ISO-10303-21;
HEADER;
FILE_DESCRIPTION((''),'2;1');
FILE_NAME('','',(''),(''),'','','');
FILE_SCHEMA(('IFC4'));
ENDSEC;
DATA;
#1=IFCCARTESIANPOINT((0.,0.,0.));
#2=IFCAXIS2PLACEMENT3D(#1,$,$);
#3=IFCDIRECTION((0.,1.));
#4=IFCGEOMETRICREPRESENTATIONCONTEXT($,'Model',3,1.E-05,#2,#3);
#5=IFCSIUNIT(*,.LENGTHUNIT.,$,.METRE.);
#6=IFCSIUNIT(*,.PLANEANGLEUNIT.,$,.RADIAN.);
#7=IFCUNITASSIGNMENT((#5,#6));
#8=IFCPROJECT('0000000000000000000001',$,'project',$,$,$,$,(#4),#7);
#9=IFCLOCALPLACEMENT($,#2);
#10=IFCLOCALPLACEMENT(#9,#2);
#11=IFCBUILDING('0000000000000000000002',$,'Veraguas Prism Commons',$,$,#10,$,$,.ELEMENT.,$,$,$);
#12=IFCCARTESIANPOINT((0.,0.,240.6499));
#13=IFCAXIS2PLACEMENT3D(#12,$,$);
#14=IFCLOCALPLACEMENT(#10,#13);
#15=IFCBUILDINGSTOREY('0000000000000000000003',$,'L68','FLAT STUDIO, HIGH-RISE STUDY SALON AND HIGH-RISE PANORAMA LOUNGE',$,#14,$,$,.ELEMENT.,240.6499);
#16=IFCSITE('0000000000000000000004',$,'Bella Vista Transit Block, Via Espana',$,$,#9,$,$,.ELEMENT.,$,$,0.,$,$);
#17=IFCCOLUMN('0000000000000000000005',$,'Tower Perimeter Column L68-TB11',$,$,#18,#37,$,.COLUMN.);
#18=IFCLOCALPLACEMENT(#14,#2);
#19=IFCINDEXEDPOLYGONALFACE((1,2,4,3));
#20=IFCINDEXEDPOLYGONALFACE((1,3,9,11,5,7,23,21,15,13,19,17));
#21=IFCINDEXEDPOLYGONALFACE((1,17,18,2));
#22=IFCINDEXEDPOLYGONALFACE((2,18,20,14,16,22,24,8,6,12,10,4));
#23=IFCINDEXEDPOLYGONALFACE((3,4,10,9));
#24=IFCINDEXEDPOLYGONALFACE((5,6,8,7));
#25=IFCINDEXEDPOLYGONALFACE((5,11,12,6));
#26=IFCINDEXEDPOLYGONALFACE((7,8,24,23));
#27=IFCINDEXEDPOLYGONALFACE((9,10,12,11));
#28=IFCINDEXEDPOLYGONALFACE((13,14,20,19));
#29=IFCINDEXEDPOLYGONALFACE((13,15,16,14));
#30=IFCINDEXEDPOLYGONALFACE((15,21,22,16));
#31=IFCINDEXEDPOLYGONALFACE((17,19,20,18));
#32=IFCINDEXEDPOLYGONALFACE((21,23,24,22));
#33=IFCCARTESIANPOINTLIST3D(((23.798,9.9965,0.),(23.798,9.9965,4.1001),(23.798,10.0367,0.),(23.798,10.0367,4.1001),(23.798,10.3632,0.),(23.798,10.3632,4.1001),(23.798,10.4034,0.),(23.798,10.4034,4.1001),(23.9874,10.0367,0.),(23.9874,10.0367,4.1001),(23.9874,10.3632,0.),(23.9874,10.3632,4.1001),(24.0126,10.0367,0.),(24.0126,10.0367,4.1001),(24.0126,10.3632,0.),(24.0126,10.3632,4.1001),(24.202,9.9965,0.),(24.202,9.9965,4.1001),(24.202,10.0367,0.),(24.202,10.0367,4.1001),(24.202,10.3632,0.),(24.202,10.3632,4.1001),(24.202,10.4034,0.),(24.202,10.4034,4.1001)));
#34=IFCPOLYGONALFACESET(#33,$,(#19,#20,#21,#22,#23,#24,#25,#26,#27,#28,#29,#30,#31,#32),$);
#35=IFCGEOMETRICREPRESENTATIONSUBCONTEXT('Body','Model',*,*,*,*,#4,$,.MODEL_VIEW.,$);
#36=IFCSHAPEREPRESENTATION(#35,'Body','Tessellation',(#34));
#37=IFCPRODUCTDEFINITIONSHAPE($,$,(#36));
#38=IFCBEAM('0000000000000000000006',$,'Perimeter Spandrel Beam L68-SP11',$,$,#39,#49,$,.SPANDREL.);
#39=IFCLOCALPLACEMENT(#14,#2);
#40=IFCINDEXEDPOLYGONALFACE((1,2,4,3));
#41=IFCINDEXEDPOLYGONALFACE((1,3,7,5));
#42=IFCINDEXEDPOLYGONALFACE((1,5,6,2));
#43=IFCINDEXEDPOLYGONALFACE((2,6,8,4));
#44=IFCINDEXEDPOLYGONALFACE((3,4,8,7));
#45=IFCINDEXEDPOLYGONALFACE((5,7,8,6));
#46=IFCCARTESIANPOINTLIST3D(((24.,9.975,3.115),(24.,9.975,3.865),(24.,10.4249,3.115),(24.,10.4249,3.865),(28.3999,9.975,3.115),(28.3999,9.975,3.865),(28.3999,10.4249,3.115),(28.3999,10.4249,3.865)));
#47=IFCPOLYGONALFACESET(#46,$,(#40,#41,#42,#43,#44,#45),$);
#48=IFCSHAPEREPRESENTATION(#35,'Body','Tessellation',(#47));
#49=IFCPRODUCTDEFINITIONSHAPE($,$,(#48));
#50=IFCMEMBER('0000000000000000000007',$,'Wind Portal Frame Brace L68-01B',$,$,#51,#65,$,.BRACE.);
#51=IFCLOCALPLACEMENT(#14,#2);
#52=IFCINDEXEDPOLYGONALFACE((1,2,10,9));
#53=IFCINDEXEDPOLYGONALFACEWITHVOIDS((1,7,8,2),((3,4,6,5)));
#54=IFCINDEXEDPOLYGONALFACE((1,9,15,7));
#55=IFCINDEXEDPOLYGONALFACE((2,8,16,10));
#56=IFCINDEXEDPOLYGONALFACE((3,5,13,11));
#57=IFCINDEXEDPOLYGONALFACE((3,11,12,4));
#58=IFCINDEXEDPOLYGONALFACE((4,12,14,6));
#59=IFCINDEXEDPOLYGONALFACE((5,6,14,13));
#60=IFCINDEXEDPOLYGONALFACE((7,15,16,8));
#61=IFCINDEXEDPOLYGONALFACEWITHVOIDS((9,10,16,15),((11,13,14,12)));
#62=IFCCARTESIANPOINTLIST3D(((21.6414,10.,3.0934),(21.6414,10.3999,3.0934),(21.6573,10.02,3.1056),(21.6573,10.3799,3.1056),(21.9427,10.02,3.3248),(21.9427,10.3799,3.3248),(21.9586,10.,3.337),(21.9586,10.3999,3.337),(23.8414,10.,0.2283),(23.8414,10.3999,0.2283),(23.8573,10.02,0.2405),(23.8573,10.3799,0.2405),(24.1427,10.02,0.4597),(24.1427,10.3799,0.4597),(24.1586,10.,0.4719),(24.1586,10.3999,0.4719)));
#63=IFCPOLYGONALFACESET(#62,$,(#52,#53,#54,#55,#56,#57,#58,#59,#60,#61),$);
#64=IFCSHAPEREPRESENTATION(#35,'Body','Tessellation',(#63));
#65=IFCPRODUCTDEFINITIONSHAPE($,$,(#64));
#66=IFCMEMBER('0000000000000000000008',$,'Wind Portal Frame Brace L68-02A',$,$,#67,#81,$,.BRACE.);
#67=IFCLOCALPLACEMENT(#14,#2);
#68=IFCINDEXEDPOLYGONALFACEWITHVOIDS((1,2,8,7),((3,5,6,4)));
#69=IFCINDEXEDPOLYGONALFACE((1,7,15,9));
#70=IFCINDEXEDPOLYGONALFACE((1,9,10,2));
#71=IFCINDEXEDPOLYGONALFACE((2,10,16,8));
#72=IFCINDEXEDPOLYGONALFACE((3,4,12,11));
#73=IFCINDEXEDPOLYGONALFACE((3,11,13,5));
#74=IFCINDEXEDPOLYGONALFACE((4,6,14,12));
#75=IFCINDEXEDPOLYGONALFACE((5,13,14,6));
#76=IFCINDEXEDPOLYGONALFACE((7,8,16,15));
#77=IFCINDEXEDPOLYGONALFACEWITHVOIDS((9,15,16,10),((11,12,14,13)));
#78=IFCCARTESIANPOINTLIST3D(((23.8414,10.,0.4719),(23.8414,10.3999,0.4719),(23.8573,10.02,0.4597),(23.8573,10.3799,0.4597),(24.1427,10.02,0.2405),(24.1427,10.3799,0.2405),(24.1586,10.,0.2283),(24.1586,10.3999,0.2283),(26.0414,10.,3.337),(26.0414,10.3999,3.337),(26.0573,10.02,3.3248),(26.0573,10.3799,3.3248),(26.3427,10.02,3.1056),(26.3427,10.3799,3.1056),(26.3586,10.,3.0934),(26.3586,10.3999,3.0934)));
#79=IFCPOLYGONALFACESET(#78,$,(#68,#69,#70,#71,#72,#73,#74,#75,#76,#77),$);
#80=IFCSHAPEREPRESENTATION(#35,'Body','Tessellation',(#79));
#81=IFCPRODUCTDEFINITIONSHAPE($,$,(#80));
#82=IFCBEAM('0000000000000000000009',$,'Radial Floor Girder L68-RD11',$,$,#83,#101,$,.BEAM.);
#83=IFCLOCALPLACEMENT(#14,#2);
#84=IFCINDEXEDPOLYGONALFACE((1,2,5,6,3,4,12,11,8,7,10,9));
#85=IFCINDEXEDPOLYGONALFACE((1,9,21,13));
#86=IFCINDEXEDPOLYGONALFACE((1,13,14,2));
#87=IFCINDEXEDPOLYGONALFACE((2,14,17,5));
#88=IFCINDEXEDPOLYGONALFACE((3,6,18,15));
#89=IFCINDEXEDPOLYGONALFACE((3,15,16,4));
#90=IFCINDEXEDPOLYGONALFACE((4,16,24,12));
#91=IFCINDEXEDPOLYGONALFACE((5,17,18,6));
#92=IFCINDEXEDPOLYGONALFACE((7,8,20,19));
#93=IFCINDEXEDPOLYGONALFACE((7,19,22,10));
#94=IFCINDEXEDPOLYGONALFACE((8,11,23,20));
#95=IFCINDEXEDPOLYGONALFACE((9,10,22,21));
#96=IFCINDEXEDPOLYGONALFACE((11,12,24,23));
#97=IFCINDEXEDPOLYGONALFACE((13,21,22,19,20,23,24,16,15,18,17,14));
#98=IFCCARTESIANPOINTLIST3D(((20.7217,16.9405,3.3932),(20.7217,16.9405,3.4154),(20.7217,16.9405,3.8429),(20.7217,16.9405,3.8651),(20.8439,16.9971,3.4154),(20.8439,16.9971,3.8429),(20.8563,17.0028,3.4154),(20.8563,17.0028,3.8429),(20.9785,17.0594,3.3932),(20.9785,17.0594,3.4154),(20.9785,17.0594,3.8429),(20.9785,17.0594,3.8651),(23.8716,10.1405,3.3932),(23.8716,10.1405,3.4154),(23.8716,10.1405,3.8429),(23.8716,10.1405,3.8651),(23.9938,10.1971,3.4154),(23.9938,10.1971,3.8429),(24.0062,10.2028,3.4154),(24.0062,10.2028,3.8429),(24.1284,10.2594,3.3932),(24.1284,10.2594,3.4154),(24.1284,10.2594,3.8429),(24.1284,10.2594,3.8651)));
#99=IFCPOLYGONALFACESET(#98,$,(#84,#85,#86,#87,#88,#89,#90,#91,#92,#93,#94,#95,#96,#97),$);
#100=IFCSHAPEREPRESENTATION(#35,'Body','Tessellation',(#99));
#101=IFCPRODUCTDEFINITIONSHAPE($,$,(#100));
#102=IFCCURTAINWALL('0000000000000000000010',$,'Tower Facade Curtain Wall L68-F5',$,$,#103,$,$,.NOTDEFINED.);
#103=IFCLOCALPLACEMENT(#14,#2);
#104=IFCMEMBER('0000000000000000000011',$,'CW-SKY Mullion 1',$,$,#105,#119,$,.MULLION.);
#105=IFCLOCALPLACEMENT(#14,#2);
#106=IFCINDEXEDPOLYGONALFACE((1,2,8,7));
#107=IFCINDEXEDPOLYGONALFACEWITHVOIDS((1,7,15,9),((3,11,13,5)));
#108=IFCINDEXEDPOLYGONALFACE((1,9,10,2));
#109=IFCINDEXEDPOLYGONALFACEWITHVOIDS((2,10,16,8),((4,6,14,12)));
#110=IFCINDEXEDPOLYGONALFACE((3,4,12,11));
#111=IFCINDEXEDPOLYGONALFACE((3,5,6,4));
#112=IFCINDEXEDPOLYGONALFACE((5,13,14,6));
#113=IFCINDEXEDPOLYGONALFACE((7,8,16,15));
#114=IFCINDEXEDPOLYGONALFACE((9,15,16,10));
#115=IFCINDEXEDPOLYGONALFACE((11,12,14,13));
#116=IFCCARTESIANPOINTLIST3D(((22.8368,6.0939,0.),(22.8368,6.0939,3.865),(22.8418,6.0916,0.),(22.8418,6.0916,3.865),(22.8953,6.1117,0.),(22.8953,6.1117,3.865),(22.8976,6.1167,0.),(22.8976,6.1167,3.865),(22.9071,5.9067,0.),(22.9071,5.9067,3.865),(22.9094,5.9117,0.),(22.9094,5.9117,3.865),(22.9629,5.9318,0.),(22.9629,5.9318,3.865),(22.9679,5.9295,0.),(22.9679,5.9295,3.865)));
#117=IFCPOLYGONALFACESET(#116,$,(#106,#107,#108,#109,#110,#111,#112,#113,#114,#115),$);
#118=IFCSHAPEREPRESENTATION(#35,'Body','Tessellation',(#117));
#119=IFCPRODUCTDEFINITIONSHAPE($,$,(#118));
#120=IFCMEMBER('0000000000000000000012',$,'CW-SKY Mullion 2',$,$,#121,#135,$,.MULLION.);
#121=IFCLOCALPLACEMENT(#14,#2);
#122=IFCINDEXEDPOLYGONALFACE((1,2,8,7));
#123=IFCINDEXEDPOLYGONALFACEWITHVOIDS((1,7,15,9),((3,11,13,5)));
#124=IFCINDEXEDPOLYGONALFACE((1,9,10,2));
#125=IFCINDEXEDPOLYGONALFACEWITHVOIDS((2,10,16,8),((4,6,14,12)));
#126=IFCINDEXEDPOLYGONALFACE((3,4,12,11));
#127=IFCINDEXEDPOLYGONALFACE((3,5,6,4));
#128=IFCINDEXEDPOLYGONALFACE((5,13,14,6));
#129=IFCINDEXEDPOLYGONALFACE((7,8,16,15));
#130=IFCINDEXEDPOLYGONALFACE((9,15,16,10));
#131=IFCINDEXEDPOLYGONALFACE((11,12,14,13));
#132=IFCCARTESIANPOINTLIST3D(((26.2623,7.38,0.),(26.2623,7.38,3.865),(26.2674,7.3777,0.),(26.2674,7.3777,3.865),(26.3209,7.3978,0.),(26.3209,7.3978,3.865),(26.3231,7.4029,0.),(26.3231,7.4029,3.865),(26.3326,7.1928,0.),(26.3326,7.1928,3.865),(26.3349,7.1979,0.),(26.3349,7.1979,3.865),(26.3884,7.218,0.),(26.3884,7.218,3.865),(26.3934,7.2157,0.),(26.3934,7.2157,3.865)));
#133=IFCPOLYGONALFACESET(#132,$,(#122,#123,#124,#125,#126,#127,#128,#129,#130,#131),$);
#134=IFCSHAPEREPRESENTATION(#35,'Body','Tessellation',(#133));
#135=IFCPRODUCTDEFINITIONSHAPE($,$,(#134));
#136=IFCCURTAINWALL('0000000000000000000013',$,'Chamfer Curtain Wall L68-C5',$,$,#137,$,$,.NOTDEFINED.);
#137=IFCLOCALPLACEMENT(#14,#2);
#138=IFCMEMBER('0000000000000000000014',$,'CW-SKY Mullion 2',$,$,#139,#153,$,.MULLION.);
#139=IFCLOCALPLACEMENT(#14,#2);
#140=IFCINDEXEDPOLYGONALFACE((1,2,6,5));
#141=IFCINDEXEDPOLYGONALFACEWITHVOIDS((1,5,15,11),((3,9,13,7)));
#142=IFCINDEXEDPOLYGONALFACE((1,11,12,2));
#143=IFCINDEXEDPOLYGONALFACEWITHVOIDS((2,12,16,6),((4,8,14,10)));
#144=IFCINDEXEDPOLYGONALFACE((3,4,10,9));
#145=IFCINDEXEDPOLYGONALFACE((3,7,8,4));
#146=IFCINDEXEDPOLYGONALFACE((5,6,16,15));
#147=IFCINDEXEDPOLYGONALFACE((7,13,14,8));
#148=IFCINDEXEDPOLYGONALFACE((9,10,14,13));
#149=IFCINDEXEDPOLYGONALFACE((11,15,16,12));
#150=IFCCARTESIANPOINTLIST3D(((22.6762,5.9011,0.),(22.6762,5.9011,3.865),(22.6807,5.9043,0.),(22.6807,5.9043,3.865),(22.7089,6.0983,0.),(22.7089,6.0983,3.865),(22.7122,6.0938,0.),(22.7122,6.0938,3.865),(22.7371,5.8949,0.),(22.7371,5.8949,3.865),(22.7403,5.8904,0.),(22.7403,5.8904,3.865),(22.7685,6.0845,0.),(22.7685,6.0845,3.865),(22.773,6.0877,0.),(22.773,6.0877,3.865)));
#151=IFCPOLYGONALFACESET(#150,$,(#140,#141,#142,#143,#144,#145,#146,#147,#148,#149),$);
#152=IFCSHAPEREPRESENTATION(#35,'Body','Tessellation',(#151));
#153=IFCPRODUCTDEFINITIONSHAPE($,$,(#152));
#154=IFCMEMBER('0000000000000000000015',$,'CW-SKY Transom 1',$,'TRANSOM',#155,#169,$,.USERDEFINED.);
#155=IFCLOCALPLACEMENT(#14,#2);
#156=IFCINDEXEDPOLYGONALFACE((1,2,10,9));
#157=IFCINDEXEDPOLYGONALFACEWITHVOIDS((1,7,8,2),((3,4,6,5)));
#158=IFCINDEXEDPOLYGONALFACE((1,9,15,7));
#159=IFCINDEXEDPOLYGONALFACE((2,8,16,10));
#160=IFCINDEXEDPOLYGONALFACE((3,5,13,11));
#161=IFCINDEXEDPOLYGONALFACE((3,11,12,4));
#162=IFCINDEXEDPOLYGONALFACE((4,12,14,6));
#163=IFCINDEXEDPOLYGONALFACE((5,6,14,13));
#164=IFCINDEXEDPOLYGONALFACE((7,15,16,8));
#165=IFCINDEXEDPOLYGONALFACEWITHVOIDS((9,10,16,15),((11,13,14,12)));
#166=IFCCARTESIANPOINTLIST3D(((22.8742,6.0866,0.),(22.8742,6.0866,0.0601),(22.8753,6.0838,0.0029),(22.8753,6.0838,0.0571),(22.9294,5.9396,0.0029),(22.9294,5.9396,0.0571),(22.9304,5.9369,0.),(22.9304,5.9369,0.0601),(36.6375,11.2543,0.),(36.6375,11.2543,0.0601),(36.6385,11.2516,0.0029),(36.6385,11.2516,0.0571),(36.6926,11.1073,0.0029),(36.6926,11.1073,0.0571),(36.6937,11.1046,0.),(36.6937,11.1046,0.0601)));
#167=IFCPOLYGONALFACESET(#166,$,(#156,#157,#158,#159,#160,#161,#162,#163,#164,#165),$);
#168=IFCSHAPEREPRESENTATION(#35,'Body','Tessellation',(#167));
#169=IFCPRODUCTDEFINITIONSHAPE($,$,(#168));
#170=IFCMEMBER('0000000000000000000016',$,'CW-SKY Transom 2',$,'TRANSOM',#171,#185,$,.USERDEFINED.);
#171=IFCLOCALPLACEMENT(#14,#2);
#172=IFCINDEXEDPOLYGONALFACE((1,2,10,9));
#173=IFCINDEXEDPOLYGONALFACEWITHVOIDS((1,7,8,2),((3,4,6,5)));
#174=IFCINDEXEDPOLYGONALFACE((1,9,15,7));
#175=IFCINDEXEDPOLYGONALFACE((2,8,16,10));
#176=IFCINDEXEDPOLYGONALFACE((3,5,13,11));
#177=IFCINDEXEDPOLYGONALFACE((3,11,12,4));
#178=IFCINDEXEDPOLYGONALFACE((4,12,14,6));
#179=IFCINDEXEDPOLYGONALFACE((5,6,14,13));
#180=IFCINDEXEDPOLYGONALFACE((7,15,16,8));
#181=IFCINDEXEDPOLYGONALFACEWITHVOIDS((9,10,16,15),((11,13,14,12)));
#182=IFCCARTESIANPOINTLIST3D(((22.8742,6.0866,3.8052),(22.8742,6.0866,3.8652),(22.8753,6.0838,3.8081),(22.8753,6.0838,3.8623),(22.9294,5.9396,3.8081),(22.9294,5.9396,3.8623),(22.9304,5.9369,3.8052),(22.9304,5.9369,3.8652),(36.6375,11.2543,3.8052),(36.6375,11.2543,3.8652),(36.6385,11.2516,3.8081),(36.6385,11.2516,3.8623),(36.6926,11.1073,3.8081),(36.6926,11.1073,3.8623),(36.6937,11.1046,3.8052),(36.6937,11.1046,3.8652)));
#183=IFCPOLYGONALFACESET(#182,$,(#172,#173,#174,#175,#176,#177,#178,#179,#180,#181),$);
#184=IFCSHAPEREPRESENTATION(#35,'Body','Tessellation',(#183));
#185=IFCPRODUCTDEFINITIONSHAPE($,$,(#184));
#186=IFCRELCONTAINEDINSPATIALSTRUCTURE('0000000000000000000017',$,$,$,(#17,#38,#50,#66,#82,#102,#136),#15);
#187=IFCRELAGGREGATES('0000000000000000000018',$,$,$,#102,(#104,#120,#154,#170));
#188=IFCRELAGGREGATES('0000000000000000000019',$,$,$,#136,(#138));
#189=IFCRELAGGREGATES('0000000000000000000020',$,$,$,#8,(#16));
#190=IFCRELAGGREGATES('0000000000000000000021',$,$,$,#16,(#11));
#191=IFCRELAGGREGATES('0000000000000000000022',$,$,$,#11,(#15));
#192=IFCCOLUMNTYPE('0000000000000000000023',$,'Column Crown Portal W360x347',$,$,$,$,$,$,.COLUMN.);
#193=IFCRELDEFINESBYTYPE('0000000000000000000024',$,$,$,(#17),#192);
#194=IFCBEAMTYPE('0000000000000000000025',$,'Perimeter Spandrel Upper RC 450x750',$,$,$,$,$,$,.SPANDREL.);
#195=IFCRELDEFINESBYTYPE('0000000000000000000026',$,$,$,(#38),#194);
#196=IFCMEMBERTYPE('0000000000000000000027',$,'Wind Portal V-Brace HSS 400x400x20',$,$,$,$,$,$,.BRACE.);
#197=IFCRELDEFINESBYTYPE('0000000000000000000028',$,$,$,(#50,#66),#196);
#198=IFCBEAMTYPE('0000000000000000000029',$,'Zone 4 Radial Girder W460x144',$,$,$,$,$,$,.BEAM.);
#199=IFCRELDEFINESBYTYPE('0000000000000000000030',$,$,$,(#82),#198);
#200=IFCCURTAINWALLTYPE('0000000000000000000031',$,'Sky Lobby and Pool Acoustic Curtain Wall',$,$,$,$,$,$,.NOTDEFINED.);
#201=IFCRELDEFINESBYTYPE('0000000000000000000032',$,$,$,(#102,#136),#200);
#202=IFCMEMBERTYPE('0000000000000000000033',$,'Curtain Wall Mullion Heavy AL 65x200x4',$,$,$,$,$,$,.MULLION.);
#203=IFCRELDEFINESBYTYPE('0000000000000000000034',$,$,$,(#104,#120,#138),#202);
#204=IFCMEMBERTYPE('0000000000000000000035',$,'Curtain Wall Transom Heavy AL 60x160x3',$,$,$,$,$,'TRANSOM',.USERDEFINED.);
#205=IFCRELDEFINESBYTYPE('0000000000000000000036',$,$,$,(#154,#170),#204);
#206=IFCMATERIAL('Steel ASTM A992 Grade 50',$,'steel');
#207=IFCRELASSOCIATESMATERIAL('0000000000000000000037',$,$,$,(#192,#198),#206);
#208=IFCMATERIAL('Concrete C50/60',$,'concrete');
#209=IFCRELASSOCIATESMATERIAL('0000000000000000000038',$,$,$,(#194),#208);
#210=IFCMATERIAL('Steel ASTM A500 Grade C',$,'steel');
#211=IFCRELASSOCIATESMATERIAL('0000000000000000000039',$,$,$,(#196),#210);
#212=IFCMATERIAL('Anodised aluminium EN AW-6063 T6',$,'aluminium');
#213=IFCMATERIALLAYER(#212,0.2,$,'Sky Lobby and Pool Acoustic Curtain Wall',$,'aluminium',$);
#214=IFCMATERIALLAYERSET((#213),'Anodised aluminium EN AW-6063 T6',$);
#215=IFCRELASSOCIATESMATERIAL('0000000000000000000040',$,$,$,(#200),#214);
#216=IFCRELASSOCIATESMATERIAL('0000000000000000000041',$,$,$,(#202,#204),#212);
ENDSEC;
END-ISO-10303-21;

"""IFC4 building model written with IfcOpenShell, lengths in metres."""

from ifc_helpers import new_model, si_unit, direction, frame, origin, origin_2d, place, context, subcontext, project, spatial, rectangle, hollow_rectangle, i_section, extrude, source, transform, mapped, material, layer, layer_set, material_profile, profile_set, type_object, element, aggregate, save


model = new_model("IFC4")

# Units and contexts
model_context = context("Model", 3, precision=1e-05, world=origin(), true_north=direction((0.0, 1.0)))
body_context = subcontext(model_context, "Body", "Model", "MODEL_VIEW")
ifc_project = project(units=[si_unit("LENGTHUNIT", "METRE"), si_unit("PLANEANGLEUNIT", "RADIAN")], contexts=[model_context])

# Site, building, storey
site_placement = place(None, origin())
site = spatial("IfcSite", under=ifc_project, at=site_placement, Name="Bella Vista Transit Block, Via Espana", CompositionType="ELEMENT", RefElevation=0.0)
building_placement = place(site_placement, origin())
building = spatial("IfcBuilding", under=site, at=building_placement, Name="Veraguas Prism Commons", CompositionType="ELEMENT")
storey_placement = place(building_placement, frame((0.0, 0.0, 240.6499)))
storey = spatial("IfcBuildingStorey", under=building, at=storey_placement, Name="L68", Description="FLAT STUDIO, HIGH-RISE STUDY SALON AND HIGH-RISE PANORAMA LOUNGE", CompositionType="ELEMENT", Elevation=240.6499)

# Column
ifc_material_1 = material(Name="Steel ASTM A992 Grade 50", Category="steel")
ifc_material_profile_1 = material_profile(ifc_material_1, i_section(OverallWidth=0.4041, OverallDepth=0.407, WebThickness=0.0251, FlangeThickness=0.0403, at=origin_2d()), Name="W360X347")
ifc_profile_set_1 = profile_set([ifc_material_profile_1], Name="Steel ASTM A992 Grade 50")
column_type = type_object("IfcColumnType", Name="Column Crown Portal W360x347", PredefinedType="COLUMN", material=ifc_profile_set_1)
column_placement = place(storey_placement, frame((24.0, 10.2, 0.0), z_axis=(0.0, 0.0, 1.0), x_axis=(1.0, 0.0, 0.0)))
element("IfcColumn", 1, at=column_placement, inside=storey, type_object=column_type, Name="Tower Perimeter Column L68-TB11", PredefinedType="COLUMN", context=body_context, shape_type="SweptSolid", body=[
    extrude(i_section(OverallWidth=0.4041, OverallDepth=0.407, WebThickness=0.0251, FlangeThickness=0.0403, at=origin_2d()), origin(), (0.0, 0.0, 1.0), 4.1001),
])

# Beam
ifc_material_2 = material(Name="Concrete C50/60", Category="concrete")
ifc_material_profile_2 = material_profile(ifc_material_2, rectangle(XDim=0.45, YDim=0.75, at=origin_2d()), Name="RC450X750")
ifc_profile_set_2 = profile_set([ifc_material_profile_2], Name="Concrete C50/60")
beam_type_1 = type_object("IfcBeamType", Name="Perimeter Spandrel Upper RC 450x750", PredefinedType="SPANDREL", material=ifc_profile_set_2)
beam_1_placement = place(storey_placement, frame((24.0, 10.2, 3.49), z_axis=(1.0, 0.0, 0.0), x_axis=(0.0, 1.0, 0.0)))
element("IfcBeam", 2, at=beam_1_placement, inside=storey, type_object=beam_type_1, Name="Perimeter Spandrel Beam L68-SP11", PredefinedType="SPANDREL", context=body_context, shape_type="SweptSolid", body=[
    extrude(rectangle(XDim=0.45, YDim=0.75, at=origin_2d()), origin(), (0.0, 0.0, 1.0), 4.3999),
])

# Members
ifc_material_3 = material(Name="Steel ASTM A500 Grade C", Category="steel")
ifc_material_profile_3 = material_profile(ifc_material_3, hollow_rectangle(XDim=0.3999, YDim=0.3999, WallThickness=0.02, at=origin_2d()), Name="HSS400X400X20")
ifc_profile_set_3 = profile_set([ifc_material_profile_3], Name="Steel ASTM A500 Grade C")
member_type_1 = type_object("IfcMemberType", Name="Wind Portal V-Brace HSS 400x400x20", PredefinedType="BRACE", material=ifc_profile_set_3)
for number, where, z_axis, x_axis, name in (
    (3, (24.0, 10.2, 0.3501), (-0.609034, 0.0, 0.793144), (0.0, -1.0, 0.0), "Wind Portal Frame Brace L68-01B"),
    (4, (24.0, 10.2, 0.3501), (0.609034, 0.0, 0.793144), (0.0, 1.0, 0.0), "Wind Portal Frame Brace L68-02A"),
):
    element("IfcMember", number, at=place(storey_placement, frame(where, z_axis=z_axis, x_axis=x_axis)), inside=storey, type_object=member_type_1, Name=name, PredefinedType="BRACE", context=body_context, shape_type="SweptSolid", body=[
        extrude(hollow_rectangle(XDim=0.3999, YDim=0.3999, WallThickness=0.02, at=origin_2d()), origin(), (0.0, 0.0, 1.0), 3.6123),
    ])

# Beam
ifc_material_profile_4 = material_profile(ifc_material_1, i_section(OverallWidth=0.283, OverallDepth=0.4719, WebThickness=0.0137, FlangeThickness=0.0222, at=origin_2d()), Name="W460X144")
ifc_profile_set_4 = profile_set([ifc_material_profile_4], Name="Steel ASTM A992 Grade 50")
beam_type_2 = type_object("IfcBeamType", Name="Zone 4 Radial Girder W460x144", PredefinedType="BEAM", material=ifc_profile_set_4)
beam_2_placement = place(storey_placement, frame((24.0, 10.2, 3.6292), z_axis=(-0.420314, 0.907379, 0.0), x_axis=(-0.907379, -0.420314, 0.0)))
element("IfcBeam", 5, at=beam_2_placement, inside=storey, type_object=beam_type_2, Name="Radial Floor Girder L68-RD11", PredefinedType="BEAM", context=body_context, shape_type="SweptSolid", body=[
    extrude(i_section(OverallWidth=0.283, OverallDepth=0.4719, WebThickness=0.0137, FlangeThickness=0.0222, at=origin_2d()), origin(), (0.0, 0.0, 1.0), 7.4941),
])

# Curtain wall, members
ifc_material_4 = material(Name="Anodised aluminium EN AW-6063 T6", Category="aluminium")
ifc_layer_1 = layer(ifc_material_4, 0.2, Name="Sky Lobby and Pool Acoustic Curtain Wall", Category="aluminium")
ifc_layer_set_1 = layer_set([ifc_layer_1], Name="Anodised aluminium EN AW-6063 T6")
curtain_wall_type = type_object("IfcCurtainWallType", Name="Sky Lobby and Pool Acoustic Curtain Wall", PredefinedType="NOTDEFINED", material=ifc_layer_set_1)
curtain_wall_1_placement = place(storey_placement, origin())
curtain_wall_1 = element("IfcCurtainWall", 6, at=curtain_wall_1_placement, inside=storey, type_object=curtain_wall_type, Name="Tower Facade Curtain Wall L68-F5", PredefinedType="NOTDEFINED")
ifc_material_profile_5 = material_profile(ifc_material_4, hollow_rectangle(XDim=0.0649, YDim=0.2, WallThickness=0.0039, at=origin_2d()), Name="AL65X200X4")
ifc_profile_set_5 = profile_set([ifc_material_profile_5], Name="Anodised aluminium EN AW-6063 T6")
member_type_2 = type_object("IfcMemberType", Name="Curtain Wall Mullion Heavy AL 65x200x4", PredefinedType="MULLION", material=ifc_profile_set_5)
shared_shape_1 = source(origin(), body_context, "Body", "SweptSolid", [
    extrude(hollow_rectangle(XDim=0.0649, YDim=0.2, WallThickness=0.0039, at=origin_2d()), origin(), (0.0, 0.0, 1.0), 3.865),
])
member_1_placement = place(storey_placement, frame((22.9023, 6.0117, 0.0), z_axis=(0.0, 0.0, 1.0), x_axis=(0.936182, 0.351515, 0.0)))
member_1 = element("IfcMember", 7, at=member_1_placement, type_object=member_type_2, Name="CW-SKY Mullion 1", PredefinedType="MULLION", context=body_context, shape_type="MappedRepresentation", body=[
    mapped(shared_shape_1, transform((0.0, 0.0, 0.0), scale=1.0)),
])
member_2_placement = place(storey_placement, frame((26.3279, 7.2979, 0.0), z_axis=(0.0, 0.0, 1.0), x_axis=(0.936182, 0.351515, 0.0)))
member_2 = element("IfcMember", 8, at=member_2_placement, type_object=member_type_2, Name="CW-SKY Mullion 2", PredefinedType="MULLION", context=body_context, shape_type="MappedRepresentation", body=[
    mapped(shared_shape_1, transform((0.0, 0.0, 0.0), scale=1.0)),
])

# Curtain wall, member
curtain_wall_2_placement = place(storey_placement, origin())
curtain_wall_2 = element("IfcCurtainWall", 9, at=curtain_wall_2_placement, inside=storey, type_object=curtain_wall_type, Name="Chamfer Curtain Wall L68-C5", PredefinedType="NOTDEFINED")
member_3_placement = place(storey_placement, frame((22.7246, 5.9944, 0.0), z_axis=(0.0, 0.0, 1.0), x_axis=(0.986511, -0.163693, 0.0)))
member_3 = element("IfcMember", 10, at=member_3_placement, type_object=member_type_2, Name="CW-SKY Mullion 2", PredefinedType="MULLION", context=body_context, shape_type="MappedRepresentation", body=[
    mapped(shared_shape_1, transform((0.0, 0.0, 0.0), scale=1.0)),
])

# Members
ifc_material_profile_6 = material_profile(ifc_material_4, hollow_rectangle(XDim=0.0601, YDim=0.1599, WallThickness=0.0029, at=origin_2d()), Name="AL60X160X3")
ifc_profile_set_6 = profile_set([ifc_material_profile_6], Name="Anodised aluminium EN AW-6063 T6")
member_type_3 = type_object("IfcMemberType", Name="Curtain Wall Transom Heavy AL 60x160x3", ElementType="TRANSOM", PredefinedType="USERDEFINED", material=ifc_profile_set_6)
shared_shape_2 = source(origin(), body_context, "Body", "SweptSolid", [
    extrude(hollow_rectangle(XDim=0.0601, YDim=0.1599, WallThickness=0.0029, at=origin_2d()), origin(), (0.0, 0.0, 1.0), 14.7014),
])
member_4_placement = place(storey_placement, frame((22.9023, 6.0117, 0.03), z_axis=(0.936183, 0.351513, 0.0), x_axis=(0.0, 0.0, 1.0)))
member_4 = element("IfcMember", 11, at=member_4_placement, type_object=member_type_3, Name="CW-SKY Transom 1", ObjectType="TRANSOM", PredefinedType="USERDEFINED", context=body_context, shape_type="MappedRepresentation", body=[
    mapped(shared_shape_2, transform((0.0, 0.0, 0.0), scale=1.0)),
])
member_5_placement = place(storey_placement, frame((22.9023, 6.0117, 3.8352), z_axis=(0.936183, 0.351513, 0.0), x_axis=(0.0, 0.0, 1.0)))
member_5 = element("IfcMember", 12, at=member_5_placement, type_object=member_type_3, Name="CW-SKY Transom 2", ObjectType="TRANSOM", PredefinedType="USERDEFINED", context=body_context, shape_type="MappedRepresentation", body=[
    mapped(shared_shape_2, transform((0.0, 0.0, 0.0), scale=1.0)),
])

aggregate(curtain_wall_1, [member_1, member_2, member_4, member_5])
aggregate(curtain_wall_2, [member_3])

save(model, "model.ifc")
